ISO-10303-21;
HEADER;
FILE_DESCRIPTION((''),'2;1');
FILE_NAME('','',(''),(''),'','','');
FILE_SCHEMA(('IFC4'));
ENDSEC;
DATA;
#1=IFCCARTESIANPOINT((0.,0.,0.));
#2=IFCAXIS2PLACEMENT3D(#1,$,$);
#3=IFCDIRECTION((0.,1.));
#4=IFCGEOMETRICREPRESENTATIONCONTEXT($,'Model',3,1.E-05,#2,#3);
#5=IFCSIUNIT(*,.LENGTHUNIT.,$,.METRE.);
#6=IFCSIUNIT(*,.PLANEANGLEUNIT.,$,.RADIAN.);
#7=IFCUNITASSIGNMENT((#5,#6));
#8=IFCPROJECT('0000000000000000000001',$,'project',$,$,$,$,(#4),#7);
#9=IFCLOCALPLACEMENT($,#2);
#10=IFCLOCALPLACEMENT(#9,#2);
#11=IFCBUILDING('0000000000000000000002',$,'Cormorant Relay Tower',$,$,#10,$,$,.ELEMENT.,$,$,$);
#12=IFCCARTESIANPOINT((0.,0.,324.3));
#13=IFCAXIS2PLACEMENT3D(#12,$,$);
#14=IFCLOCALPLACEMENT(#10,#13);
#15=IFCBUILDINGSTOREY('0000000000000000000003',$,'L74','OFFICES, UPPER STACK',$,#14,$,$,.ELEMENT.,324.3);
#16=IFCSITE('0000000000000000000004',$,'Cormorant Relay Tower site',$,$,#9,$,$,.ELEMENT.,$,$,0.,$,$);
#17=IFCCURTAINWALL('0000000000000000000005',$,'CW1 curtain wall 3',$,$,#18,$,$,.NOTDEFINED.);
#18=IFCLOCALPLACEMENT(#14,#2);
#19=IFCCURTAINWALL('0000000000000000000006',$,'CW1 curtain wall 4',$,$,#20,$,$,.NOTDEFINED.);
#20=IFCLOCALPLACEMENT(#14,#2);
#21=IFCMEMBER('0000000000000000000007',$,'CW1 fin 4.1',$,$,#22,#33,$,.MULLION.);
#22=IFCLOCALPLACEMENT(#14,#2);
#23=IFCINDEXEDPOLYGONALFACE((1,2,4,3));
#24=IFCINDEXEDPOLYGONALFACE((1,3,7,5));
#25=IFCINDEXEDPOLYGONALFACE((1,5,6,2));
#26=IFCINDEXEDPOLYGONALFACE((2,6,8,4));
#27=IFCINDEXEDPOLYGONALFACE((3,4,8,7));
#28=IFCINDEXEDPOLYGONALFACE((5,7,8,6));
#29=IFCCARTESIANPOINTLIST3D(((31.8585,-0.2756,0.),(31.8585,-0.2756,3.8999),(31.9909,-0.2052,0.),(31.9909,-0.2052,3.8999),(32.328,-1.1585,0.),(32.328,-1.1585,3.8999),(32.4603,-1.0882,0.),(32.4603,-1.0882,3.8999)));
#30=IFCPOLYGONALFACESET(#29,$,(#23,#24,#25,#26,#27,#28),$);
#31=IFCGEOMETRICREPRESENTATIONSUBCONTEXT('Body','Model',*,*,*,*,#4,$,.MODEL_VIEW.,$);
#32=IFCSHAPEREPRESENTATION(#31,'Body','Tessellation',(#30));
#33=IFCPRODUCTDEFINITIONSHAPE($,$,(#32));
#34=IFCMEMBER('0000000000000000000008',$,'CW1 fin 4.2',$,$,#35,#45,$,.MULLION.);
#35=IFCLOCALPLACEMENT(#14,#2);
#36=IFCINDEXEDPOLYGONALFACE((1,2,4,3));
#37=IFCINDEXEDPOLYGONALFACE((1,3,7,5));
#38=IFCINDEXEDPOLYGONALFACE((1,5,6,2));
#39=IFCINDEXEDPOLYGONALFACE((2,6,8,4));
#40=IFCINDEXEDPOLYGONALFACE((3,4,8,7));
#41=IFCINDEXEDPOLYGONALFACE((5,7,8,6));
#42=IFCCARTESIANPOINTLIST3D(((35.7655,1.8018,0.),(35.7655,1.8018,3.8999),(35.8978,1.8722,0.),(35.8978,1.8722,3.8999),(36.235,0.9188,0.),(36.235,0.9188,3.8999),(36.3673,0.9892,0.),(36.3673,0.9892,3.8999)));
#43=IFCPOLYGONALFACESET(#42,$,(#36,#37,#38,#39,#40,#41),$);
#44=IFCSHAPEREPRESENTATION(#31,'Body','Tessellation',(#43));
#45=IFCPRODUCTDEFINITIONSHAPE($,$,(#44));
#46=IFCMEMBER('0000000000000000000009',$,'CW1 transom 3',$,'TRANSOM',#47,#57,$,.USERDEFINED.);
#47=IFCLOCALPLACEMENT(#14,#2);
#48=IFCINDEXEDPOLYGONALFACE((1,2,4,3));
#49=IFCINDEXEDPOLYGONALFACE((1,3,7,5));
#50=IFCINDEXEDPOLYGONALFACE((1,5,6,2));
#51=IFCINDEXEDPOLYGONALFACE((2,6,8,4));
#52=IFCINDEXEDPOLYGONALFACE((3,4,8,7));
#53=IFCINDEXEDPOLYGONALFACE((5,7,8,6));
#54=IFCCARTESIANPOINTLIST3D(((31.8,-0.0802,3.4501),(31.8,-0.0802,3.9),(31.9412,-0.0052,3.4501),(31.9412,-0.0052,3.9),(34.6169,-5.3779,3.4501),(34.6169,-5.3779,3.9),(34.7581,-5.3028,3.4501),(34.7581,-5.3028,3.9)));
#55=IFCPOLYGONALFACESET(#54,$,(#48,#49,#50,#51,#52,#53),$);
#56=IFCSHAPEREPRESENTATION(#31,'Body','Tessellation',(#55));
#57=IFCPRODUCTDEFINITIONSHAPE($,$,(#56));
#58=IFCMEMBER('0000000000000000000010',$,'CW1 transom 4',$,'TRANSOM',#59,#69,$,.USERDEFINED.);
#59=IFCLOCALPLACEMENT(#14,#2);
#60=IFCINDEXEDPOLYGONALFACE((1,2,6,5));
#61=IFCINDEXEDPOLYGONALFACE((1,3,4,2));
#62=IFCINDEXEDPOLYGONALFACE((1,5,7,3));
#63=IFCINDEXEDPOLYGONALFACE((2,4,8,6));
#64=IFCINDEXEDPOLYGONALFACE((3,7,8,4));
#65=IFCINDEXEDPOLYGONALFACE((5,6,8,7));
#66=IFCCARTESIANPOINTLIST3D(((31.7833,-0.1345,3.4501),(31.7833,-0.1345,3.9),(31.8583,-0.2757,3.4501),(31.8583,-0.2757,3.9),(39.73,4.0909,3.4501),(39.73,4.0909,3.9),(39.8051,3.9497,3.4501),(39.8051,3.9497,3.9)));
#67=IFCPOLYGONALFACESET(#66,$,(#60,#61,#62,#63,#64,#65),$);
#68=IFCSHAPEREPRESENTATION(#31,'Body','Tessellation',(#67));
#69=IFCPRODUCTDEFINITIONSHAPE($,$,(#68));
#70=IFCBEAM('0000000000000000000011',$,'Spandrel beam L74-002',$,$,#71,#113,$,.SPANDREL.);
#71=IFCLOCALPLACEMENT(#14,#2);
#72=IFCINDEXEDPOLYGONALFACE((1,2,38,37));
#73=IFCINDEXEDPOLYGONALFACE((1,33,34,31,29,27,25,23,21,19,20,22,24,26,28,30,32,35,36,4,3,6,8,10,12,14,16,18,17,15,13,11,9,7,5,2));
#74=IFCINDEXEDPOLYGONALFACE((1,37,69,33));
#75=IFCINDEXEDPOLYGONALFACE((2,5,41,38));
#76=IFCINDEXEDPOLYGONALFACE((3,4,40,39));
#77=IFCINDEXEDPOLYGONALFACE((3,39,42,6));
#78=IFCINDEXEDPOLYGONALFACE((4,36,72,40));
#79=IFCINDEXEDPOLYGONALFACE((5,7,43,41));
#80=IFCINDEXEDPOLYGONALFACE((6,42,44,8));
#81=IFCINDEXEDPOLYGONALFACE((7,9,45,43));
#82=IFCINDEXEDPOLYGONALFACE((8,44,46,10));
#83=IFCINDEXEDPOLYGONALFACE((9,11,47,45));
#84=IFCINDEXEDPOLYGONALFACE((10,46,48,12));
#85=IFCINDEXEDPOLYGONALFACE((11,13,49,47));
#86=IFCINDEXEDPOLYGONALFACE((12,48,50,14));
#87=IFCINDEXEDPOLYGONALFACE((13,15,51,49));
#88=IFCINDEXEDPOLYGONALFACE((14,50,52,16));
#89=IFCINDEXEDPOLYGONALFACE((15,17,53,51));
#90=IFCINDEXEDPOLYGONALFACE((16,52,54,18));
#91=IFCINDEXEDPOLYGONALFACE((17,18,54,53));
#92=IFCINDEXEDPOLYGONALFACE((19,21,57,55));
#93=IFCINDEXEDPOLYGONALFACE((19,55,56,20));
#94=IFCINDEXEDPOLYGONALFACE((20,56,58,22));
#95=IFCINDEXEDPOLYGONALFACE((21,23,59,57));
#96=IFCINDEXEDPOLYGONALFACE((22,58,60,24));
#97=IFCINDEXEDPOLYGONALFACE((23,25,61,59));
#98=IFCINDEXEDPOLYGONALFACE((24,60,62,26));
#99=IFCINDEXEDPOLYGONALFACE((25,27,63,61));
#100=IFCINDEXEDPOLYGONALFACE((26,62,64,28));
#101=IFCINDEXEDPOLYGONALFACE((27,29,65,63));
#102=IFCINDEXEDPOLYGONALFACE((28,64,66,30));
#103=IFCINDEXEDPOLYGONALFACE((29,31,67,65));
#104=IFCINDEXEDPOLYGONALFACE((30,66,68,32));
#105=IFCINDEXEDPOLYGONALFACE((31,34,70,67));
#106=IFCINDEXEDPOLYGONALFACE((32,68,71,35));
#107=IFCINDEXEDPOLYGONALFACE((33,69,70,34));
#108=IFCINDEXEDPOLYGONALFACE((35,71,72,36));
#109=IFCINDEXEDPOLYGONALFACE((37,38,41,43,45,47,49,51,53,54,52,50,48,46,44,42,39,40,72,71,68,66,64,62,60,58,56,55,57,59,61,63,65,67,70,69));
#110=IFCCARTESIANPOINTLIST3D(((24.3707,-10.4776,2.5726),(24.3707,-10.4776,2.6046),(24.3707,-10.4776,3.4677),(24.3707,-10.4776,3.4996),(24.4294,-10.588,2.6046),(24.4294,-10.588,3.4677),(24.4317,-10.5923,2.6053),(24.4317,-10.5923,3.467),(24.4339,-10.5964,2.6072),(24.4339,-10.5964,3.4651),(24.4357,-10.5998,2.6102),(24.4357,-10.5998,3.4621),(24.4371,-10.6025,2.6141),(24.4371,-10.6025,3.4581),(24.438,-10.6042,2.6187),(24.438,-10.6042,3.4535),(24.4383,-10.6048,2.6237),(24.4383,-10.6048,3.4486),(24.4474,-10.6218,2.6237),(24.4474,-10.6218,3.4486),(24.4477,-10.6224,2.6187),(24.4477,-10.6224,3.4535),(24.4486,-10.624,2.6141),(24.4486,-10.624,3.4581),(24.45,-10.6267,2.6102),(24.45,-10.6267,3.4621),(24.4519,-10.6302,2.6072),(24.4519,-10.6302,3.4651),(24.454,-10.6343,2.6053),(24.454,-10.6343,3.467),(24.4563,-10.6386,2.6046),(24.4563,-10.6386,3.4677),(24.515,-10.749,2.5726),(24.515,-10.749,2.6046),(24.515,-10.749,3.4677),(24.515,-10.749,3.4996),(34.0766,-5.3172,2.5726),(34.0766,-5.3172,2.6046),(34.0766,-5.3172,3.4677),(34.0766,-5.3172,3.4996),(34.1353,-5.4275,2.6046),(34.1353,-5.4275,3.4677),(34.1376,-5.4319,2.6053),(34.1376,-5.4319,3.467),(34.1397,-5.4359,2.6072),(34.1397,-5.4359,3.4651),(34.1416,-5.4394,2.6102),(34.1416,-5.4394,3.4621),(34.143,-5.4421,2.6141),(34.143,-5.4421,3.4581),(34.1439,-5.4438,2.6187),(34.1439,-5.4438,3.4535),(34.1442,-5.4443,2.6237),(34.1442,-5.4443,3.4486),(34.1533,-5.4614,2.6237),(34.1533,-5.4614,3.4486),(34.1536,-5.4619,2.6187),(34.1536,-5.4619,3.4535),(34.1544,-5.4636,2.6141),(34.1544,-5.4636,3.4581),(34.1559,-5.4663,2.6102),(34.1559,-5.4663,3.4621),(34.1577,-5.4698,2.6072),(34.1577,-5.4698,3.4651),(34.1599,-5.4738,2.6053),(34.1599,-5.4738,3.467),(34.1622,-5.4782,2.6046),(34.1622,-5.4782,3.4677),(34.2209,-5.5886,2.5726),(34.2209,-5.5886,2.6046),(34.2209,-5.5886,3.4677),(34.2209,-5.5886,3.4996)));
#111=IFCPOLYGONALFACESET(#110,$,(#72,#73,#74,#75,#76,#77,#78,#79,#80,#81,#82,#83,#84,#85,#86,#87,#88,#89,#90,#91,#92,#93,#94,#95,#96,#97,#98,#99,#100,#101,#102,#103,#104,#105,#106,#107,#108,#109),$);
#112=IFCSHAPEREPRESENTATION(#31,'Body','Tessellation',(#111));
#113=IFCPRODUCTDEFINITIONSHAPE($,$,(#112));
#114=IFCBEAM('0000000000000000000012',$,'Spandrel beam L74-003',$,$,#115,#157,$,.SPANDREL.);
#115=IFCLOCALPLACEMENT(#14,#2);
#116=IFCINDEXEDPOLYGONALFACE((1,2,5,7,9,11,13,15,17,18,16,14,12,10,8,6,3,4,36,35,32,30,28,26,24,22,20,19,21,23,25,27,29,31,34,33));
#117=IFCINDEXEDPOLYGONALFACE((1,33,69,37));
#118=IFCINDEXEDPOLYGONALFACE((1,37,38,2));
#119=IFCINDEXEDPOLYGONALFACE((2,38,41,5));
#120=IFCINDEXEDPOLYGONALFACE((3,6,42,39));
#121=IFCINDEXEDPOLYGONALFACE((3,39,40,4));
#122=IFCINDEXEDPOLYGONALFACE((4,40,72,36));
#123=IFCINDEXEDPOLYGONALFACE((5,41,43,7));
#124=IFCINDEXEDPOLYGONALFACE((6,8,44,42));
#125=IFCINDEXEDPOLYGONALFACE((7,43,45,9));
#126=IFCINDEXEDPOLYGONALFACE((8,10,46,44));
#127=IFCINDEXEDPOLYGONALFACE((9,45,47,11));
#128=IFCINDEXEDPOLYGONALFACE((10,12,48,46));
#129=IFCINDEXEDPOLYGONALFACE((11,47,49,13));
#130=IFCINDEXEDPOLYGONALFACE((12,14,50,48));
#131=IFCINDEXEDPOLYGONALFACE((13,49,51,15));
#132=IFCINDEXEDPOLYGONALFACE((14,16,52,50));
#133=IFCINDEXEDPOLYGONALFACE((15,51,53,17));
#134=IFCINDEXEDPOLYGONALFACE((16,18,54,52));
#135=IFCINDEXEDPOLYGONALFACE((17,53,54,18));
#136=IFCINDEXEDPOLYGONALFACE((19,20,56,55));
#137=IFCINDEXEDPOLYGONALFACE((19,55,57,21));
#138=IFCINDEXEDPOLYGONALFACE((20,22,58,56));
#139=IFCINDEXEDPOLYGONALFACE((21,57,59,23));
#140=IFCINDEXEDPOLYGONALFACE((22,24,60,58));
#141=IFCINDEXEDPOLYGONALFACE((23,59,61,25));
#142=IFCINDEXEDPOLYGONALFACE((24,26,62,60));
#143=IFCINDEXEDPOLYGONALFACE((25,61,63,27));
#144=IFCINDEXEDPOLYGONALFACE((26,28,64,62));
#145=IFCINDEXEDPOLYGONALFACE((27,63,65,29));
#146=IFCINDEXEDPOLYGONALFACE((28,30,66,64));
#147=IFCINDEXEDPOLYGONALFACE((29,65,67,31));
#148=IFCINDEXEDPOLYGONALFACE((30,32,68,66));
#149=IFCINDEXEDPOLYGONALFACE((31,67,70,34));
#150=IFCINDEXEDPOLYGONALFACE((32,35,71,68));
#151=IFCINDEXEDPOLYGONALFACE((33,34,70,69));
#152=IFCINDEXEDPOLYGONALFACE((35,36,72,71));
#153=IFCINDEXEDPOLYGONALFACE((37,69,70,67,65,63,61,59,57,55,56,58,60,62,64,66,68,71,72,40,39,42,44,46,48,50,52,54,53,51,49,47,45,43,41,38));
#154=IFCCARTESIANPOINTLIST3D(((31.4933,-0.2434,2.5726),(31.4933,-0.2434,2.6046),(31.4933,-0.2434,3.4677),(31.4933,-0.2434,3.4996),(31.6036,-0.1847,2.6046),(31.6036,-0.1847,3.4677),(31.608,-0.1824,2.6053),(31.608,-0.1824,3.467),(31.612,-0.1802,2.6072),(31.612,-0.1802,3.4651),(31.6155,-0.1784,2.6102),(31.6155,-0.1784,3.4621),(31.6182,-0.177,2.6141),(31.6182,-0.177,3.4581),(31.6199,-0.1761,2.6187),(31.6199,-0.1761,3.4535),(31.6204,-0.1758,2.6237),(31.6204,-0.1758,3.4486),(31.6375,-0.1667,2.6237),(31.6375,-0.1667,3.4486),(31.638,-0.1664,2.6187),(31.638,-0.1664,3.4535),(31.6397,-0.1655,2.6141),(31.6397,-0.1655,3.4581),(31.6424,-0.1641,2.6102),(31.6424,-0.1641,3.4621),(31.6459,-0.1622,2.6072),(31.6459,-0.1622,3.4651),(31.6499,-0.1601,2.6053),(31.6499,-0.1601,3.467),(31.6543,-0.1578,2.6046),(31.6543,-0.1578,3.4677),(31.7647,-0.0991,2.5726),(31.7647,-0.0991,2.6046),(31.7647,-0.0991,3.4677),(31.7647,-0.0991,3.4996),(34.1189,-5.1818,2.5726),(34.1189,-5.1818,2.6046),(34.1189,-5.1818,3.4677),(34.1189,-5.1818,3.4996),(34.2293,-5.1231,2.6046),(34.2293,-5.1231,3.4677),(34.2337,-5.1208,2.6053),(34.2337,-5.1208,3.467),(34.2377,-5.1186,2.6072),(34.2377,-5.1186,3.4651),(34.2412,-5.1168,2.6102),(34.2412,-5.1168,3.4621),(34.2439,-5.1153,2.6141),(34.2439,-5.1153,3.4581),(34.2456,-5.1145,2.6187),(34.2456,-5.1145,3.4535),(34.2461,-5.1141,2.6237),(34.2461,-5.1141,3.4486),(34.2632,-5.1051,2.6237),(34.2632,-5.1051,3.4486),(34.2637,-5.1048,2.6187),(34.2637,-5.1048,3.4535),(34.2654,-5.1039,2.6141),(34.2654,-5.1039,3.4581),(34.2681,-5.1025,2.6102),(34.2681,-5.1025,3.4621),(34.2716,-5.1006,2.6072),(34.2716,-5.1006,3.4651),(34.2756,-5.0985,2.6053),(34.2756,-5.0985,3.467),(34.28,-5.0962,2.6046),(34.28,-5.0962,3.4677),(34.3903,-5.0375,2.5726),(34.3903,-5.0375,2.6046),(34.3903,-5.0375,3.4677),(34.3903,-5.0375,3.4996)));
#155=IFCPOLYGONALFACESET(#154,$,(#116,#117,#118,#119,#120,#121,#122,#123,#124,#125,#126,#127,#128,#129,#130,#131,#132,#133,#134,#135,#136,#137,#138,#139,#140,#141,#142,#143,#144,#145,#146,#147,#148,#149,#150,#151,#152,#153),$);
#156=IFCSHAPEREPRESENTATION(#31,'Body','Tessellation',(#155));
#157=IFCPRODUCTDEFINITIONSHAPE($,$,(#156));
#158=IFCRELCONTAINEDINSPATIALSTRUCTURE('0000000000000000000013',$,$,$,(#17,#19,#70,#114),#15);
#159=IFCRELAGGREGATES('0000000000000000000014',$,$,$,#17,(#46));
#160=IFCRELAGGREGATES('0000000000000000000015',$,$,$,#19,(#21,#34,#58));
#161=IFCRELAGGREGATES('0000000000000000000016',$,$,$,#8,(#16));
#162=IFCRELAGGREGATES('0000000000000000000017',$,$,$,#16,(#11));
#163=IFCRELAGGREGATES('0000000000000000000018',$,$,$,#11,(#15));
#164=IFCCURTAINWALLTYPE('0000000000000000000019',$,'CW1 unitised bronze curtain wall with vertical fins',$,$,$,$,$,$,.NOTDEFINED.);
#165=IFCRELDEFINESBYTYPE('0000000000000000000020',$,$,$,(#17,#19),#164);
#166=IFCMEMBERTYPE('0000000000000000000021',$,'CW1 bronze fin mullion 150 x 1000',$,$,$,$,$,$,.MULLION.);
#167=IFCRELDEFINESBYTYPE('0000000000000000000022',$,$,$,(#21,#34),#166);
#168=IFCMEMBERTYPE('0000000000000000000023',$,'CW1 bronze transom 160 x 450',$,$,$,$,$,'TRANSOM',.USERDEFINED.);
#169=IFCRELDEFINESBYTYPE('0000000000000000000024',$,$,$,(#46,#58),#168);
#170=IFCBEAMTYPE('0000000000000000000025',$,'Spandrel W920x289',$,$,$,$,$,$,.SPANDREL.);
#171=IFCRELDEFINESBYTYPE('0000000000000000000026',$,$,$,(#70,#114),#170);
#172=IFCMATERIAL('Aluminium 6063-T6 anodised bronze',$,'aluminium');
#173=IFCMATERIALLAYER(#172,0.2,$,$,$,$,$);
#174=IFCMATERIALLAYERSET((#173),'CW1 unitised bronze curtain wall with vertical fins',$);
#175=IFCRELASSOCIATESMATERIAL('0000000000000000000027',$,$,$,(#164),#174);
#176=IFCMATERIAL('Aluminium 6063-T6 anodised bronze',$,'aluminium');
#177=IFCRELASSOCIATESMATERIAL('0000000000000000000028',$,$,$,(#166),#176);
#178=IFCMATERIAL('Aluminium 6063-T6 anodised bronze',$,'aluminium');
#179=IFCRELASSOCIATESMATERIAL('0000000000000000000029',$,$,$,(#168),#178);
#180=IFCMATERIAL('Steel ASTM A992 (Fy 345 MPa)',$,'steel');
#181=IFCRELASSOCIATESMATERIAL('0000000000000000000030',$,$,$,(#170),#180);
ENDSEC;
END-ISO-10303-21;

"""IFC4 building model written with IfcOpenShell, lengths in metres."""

from ifc_helpers import new_model, si_unit, direction, frame, origin, origin_2d, place, context, subcontext, project, spatial, rectangle, i_section, extrude, material, layer, layer_set, material_profile, profile_set, type_object, element, aggregate, save


model = new_model("IFC4")

# Units and contexts
model_context = context("Model", 3, precision=1e-05, world=origin(), true_north=direction((0.0, 1.0)))
body_context = subcontext(model_context, "Body", "Model", "MODEL_VIEW")
ifc_project = project(units=[si_unit("LENGTHUNIT", "METRE"), si_unit("PLANEANGLEUNIT", "RADIAN")], contexts=[model_context])

# Site, building, storey
site_placement = place(None, origin())
site = spatial("IfcSite", under=ifc_project, at=site_placement, Name="Cormorant Relay Tower site", CompositionType="ELEMENT", RefElevation=0.0)
building_placement = place(site_placement, origin())
building = spatial("IfcBuilding", under=site, at=building_placement, Name="Cormorant Relay Tower", CompositionType="ELEMENT")
storey_placement = place(building_placement, frame((0.0, 0.0, 324.3)))
storey = spatial("IfcBuildingStorey", under=building, at=storey_placement, Name="L74", Description="OFFICES, UPPER STACK", CompositionType="ELEMENT", Elevation=324.3)

# Shared definitions
ifc_material_1 = material(Name="Aluminium 6063-T6 anodised bronze", Category="aluminium")
ifc_layer_1 = layer(ifc_material_1, 0.2)
ifc_layer_set_1 = layer_set([ifc_layer_1], Name="CW1 unitised bronze curtain wall with vertical fins")
curtain_wall_type = type_object("IfcCurtainWallType", Name="CW1 unitised bronze curtain wall with vertical fins", PredefinedType="NOTDEFINED", material=ifc_layer_set_1)
ifc_material_2 = material(Name="Aluminium 6063-T6 anodised bronze", Category="aluminium")
ifc_material_profile_1 = material_profile(ifc_material_2, rectangle(XDim=0.1499, YDim=1.0, at=origin_2d()), Name="AL 150x1000")
ifc_profile_set_1 = profile_set([ifc_material_profile_1], Name="Aluminium 6063-T6 anodised bronze")
member_type_1 = type_object("IfcMemberType", Name="CW1 bronze fin mullion 150 x 1000", PredefinedType="MULLION", material=ifc_profile_set_1)

# Curtain wall
curtain_wall_1_placement = place(storey_placement, origin())
curtain_wall_1 = element("IfcCurtainWall", 1, at=curtain_wall_1_placement, inside=storey, type_object=curtain_wall_type, Name="CW1 curtain wall 3", PredefinedType="NOTDEFINED")

# Curtain wall, members
curtain_wall_2_placement = place(storey_placement, origin())
curtain_wall_2 = element("IfcCurtainWall", 2, at=curtain_wall_2_placement, inside=storey, type_object=curtain_wall_type, Name="CW1 curtain wall 4", PredefinedType="NOTDEFINED")
member_1_placement = place(storey_placement, frame((32.1594, -0.6819, 0.0), z_axis=(0.0, 0.0, 1.0), x_axis=(0.882948, 0.469472, 0.0)))
member_1 = element("IfcMember", 3, at=member_1_placement, type_object=member_type_1, Name="CW1 fin 4.1", PredefinedType="MULLION", context=body_context, shape_type="SweptSolid", body=[
    extrude(rectangle(XDim=0.1499, YDim=1.0, at=origin_2d()), origin(), (0.0, 0.0, 1.0), 3.8999),
])
member_2_placement = place(storey_placement, frame((36.0664, 1.3955, 0.0), z_axis=(0.0, 0.0, 1.0), x_axis=(0.882948, 0.469472, 0.0)))
member_2 = element("IfcMember", 4, at=member_2_placement, type_object=member_type_1, Name="CW1 fin 4.2", PredefinedType="MULLION", context=body_context, shape_type="SweptSolid", body=[
    extrude(rectangle(XDim=0.1499, YDim=1.0, at=origin_2d()), origin(), (0.0, 0.0, 1.0), 3.8999),
])

# Members
ifc_material_3 = material(Name="Aluminium 6063-T6 anodised bronze", Category="aluminium")
ifc_material_profile_2 = material_profile(ifc_material_3, rectangle(XDim=0.1599, YDim=0.45, at=origin_2d()), Name="AL 160x450")
ifc_profile_set_2 = profile_set([ifc_material_profile_2], Name="Aluminium 6063-T6 anodised bronze")
member_type_2 = type_object("IfcMemberType", Name="CW1 bronze transom 160 x 450", ElementType="TRANSOM", PredefinedType="USERDEFINED", material=ifc_profile_set_2)
member_3_placement = place(storey_placement, frame((34.6875, -5.3403, 3.675), z_axis=(-0.469485, 0.88294, 0.0), x_axis=(-0.88294, -0.469485, 0.0)))
member_3 = element("IfcMember", 5, at=member_3_placement, type_object=member_type_2, Name="CW1 transom 3", ObjectType="TRANSOM", PredefinedType="USERDEFINED", context=body_context, shape_type="SweptSolid", body=[
    extrude(rectangle(XDim=0.1599, YDim=0.45, at=origin_2d()), origin(), (0.0, 0.0, 1.0), 6.0),
])
member_4_placement = place(storey_placement, frame((31.8208, -0.2051, 3.675), z_axis=(0.882949, 0.469469, 0.0), x_axis=(-0.469469, 0.882949, 0.0)))
member_4 = element("IfcMember", 6, at=member_4_placement, type_object=member_type_2, Name="CW1 transom 4", ObjectType="TRANSOM", PredefinedType="USERDEFINED", context=body_context, shape_type="SweptSolid", body=[
    extrude(rectangle(XDim=0.1599, YDim=0.45, at=origin_2d()), origin(), (0.0, 0.0, 1.0), 9.0002),
])

# Beams
ifc_material_4 = material(Name="Steel ASTM A992 (Fy 345 MPa)", Category="steel")
ifc_material_profile_3 = material_profile(ifc_material_4, i_section(OverallWidth=0.3074, OverallDepth=0.927, WebThickness=0.0193, FlangeThickness=0.032, FilletRadius=0.019, at=origin_2d()), Name="W920x289")
ifc_profile_set_3 = profile_set([ifc_material_profile_3], Name="Steel ASTM A992 (Fy 345 MPa)")
beam_type = type_object("IfcBeamType", Name="Spandrel W920x289", PredefinedType="SPANDREL", material=ifc_profile_set_3)
beam_1_placement = place(storey_placement, frame((24.4429, -10.6133, 3.0361), z_axis=(0.882958, 0.469452, 0.0), x_axis=(-0.469452, 0.882958, 0.0)))
element("IfcBeam", 7, at=beam_1_placement, inside=storey, type_object=beam_type, Name="Spandrel beam L74-002", PredefinedType="SPANDREL", context=body_context, shape_type="SweptSolid", body=[
    extrude(i_section(OverallWidth=0.3074, OverallDepth=0.927, WebThickness=0.0193, FlangeThickness=0.032, FilletRadius=0.019, at=origin_2d()), origin(), (0.0, 0.0, 1.0), 10.9924),
])
beam_2_placement = place(storey_placement, frame((34.2546, -5.1096, 3.0361), z_axis=(-0.469457, 0.882955, 0.0), x_axis=(-0.882955, -0.469457, 0.0)))
element("IfcBeam", 8, at=beam_2_placement, inside=storey, type_object=beam_type, Name="Spandrel beam L74-003", PredefinedType="SPANDREL", context=body_context, shape_type="SweptSolid", body=[
    extrude(i_section(OverallWidth=0.3074, OverallDepth=0.927, WebThickness=0.0193, FlangeThickness=0.032, FilletRadius=0.019, at=origin_2d()), origin(), (0.0, 0.0, 1.0), 5.593),
])

aggregate(curtain_wall_1, [member_3])
aggregate(curtain_wall_2, [member_1, member_2, member_4])

save(model, "model.ifc")
